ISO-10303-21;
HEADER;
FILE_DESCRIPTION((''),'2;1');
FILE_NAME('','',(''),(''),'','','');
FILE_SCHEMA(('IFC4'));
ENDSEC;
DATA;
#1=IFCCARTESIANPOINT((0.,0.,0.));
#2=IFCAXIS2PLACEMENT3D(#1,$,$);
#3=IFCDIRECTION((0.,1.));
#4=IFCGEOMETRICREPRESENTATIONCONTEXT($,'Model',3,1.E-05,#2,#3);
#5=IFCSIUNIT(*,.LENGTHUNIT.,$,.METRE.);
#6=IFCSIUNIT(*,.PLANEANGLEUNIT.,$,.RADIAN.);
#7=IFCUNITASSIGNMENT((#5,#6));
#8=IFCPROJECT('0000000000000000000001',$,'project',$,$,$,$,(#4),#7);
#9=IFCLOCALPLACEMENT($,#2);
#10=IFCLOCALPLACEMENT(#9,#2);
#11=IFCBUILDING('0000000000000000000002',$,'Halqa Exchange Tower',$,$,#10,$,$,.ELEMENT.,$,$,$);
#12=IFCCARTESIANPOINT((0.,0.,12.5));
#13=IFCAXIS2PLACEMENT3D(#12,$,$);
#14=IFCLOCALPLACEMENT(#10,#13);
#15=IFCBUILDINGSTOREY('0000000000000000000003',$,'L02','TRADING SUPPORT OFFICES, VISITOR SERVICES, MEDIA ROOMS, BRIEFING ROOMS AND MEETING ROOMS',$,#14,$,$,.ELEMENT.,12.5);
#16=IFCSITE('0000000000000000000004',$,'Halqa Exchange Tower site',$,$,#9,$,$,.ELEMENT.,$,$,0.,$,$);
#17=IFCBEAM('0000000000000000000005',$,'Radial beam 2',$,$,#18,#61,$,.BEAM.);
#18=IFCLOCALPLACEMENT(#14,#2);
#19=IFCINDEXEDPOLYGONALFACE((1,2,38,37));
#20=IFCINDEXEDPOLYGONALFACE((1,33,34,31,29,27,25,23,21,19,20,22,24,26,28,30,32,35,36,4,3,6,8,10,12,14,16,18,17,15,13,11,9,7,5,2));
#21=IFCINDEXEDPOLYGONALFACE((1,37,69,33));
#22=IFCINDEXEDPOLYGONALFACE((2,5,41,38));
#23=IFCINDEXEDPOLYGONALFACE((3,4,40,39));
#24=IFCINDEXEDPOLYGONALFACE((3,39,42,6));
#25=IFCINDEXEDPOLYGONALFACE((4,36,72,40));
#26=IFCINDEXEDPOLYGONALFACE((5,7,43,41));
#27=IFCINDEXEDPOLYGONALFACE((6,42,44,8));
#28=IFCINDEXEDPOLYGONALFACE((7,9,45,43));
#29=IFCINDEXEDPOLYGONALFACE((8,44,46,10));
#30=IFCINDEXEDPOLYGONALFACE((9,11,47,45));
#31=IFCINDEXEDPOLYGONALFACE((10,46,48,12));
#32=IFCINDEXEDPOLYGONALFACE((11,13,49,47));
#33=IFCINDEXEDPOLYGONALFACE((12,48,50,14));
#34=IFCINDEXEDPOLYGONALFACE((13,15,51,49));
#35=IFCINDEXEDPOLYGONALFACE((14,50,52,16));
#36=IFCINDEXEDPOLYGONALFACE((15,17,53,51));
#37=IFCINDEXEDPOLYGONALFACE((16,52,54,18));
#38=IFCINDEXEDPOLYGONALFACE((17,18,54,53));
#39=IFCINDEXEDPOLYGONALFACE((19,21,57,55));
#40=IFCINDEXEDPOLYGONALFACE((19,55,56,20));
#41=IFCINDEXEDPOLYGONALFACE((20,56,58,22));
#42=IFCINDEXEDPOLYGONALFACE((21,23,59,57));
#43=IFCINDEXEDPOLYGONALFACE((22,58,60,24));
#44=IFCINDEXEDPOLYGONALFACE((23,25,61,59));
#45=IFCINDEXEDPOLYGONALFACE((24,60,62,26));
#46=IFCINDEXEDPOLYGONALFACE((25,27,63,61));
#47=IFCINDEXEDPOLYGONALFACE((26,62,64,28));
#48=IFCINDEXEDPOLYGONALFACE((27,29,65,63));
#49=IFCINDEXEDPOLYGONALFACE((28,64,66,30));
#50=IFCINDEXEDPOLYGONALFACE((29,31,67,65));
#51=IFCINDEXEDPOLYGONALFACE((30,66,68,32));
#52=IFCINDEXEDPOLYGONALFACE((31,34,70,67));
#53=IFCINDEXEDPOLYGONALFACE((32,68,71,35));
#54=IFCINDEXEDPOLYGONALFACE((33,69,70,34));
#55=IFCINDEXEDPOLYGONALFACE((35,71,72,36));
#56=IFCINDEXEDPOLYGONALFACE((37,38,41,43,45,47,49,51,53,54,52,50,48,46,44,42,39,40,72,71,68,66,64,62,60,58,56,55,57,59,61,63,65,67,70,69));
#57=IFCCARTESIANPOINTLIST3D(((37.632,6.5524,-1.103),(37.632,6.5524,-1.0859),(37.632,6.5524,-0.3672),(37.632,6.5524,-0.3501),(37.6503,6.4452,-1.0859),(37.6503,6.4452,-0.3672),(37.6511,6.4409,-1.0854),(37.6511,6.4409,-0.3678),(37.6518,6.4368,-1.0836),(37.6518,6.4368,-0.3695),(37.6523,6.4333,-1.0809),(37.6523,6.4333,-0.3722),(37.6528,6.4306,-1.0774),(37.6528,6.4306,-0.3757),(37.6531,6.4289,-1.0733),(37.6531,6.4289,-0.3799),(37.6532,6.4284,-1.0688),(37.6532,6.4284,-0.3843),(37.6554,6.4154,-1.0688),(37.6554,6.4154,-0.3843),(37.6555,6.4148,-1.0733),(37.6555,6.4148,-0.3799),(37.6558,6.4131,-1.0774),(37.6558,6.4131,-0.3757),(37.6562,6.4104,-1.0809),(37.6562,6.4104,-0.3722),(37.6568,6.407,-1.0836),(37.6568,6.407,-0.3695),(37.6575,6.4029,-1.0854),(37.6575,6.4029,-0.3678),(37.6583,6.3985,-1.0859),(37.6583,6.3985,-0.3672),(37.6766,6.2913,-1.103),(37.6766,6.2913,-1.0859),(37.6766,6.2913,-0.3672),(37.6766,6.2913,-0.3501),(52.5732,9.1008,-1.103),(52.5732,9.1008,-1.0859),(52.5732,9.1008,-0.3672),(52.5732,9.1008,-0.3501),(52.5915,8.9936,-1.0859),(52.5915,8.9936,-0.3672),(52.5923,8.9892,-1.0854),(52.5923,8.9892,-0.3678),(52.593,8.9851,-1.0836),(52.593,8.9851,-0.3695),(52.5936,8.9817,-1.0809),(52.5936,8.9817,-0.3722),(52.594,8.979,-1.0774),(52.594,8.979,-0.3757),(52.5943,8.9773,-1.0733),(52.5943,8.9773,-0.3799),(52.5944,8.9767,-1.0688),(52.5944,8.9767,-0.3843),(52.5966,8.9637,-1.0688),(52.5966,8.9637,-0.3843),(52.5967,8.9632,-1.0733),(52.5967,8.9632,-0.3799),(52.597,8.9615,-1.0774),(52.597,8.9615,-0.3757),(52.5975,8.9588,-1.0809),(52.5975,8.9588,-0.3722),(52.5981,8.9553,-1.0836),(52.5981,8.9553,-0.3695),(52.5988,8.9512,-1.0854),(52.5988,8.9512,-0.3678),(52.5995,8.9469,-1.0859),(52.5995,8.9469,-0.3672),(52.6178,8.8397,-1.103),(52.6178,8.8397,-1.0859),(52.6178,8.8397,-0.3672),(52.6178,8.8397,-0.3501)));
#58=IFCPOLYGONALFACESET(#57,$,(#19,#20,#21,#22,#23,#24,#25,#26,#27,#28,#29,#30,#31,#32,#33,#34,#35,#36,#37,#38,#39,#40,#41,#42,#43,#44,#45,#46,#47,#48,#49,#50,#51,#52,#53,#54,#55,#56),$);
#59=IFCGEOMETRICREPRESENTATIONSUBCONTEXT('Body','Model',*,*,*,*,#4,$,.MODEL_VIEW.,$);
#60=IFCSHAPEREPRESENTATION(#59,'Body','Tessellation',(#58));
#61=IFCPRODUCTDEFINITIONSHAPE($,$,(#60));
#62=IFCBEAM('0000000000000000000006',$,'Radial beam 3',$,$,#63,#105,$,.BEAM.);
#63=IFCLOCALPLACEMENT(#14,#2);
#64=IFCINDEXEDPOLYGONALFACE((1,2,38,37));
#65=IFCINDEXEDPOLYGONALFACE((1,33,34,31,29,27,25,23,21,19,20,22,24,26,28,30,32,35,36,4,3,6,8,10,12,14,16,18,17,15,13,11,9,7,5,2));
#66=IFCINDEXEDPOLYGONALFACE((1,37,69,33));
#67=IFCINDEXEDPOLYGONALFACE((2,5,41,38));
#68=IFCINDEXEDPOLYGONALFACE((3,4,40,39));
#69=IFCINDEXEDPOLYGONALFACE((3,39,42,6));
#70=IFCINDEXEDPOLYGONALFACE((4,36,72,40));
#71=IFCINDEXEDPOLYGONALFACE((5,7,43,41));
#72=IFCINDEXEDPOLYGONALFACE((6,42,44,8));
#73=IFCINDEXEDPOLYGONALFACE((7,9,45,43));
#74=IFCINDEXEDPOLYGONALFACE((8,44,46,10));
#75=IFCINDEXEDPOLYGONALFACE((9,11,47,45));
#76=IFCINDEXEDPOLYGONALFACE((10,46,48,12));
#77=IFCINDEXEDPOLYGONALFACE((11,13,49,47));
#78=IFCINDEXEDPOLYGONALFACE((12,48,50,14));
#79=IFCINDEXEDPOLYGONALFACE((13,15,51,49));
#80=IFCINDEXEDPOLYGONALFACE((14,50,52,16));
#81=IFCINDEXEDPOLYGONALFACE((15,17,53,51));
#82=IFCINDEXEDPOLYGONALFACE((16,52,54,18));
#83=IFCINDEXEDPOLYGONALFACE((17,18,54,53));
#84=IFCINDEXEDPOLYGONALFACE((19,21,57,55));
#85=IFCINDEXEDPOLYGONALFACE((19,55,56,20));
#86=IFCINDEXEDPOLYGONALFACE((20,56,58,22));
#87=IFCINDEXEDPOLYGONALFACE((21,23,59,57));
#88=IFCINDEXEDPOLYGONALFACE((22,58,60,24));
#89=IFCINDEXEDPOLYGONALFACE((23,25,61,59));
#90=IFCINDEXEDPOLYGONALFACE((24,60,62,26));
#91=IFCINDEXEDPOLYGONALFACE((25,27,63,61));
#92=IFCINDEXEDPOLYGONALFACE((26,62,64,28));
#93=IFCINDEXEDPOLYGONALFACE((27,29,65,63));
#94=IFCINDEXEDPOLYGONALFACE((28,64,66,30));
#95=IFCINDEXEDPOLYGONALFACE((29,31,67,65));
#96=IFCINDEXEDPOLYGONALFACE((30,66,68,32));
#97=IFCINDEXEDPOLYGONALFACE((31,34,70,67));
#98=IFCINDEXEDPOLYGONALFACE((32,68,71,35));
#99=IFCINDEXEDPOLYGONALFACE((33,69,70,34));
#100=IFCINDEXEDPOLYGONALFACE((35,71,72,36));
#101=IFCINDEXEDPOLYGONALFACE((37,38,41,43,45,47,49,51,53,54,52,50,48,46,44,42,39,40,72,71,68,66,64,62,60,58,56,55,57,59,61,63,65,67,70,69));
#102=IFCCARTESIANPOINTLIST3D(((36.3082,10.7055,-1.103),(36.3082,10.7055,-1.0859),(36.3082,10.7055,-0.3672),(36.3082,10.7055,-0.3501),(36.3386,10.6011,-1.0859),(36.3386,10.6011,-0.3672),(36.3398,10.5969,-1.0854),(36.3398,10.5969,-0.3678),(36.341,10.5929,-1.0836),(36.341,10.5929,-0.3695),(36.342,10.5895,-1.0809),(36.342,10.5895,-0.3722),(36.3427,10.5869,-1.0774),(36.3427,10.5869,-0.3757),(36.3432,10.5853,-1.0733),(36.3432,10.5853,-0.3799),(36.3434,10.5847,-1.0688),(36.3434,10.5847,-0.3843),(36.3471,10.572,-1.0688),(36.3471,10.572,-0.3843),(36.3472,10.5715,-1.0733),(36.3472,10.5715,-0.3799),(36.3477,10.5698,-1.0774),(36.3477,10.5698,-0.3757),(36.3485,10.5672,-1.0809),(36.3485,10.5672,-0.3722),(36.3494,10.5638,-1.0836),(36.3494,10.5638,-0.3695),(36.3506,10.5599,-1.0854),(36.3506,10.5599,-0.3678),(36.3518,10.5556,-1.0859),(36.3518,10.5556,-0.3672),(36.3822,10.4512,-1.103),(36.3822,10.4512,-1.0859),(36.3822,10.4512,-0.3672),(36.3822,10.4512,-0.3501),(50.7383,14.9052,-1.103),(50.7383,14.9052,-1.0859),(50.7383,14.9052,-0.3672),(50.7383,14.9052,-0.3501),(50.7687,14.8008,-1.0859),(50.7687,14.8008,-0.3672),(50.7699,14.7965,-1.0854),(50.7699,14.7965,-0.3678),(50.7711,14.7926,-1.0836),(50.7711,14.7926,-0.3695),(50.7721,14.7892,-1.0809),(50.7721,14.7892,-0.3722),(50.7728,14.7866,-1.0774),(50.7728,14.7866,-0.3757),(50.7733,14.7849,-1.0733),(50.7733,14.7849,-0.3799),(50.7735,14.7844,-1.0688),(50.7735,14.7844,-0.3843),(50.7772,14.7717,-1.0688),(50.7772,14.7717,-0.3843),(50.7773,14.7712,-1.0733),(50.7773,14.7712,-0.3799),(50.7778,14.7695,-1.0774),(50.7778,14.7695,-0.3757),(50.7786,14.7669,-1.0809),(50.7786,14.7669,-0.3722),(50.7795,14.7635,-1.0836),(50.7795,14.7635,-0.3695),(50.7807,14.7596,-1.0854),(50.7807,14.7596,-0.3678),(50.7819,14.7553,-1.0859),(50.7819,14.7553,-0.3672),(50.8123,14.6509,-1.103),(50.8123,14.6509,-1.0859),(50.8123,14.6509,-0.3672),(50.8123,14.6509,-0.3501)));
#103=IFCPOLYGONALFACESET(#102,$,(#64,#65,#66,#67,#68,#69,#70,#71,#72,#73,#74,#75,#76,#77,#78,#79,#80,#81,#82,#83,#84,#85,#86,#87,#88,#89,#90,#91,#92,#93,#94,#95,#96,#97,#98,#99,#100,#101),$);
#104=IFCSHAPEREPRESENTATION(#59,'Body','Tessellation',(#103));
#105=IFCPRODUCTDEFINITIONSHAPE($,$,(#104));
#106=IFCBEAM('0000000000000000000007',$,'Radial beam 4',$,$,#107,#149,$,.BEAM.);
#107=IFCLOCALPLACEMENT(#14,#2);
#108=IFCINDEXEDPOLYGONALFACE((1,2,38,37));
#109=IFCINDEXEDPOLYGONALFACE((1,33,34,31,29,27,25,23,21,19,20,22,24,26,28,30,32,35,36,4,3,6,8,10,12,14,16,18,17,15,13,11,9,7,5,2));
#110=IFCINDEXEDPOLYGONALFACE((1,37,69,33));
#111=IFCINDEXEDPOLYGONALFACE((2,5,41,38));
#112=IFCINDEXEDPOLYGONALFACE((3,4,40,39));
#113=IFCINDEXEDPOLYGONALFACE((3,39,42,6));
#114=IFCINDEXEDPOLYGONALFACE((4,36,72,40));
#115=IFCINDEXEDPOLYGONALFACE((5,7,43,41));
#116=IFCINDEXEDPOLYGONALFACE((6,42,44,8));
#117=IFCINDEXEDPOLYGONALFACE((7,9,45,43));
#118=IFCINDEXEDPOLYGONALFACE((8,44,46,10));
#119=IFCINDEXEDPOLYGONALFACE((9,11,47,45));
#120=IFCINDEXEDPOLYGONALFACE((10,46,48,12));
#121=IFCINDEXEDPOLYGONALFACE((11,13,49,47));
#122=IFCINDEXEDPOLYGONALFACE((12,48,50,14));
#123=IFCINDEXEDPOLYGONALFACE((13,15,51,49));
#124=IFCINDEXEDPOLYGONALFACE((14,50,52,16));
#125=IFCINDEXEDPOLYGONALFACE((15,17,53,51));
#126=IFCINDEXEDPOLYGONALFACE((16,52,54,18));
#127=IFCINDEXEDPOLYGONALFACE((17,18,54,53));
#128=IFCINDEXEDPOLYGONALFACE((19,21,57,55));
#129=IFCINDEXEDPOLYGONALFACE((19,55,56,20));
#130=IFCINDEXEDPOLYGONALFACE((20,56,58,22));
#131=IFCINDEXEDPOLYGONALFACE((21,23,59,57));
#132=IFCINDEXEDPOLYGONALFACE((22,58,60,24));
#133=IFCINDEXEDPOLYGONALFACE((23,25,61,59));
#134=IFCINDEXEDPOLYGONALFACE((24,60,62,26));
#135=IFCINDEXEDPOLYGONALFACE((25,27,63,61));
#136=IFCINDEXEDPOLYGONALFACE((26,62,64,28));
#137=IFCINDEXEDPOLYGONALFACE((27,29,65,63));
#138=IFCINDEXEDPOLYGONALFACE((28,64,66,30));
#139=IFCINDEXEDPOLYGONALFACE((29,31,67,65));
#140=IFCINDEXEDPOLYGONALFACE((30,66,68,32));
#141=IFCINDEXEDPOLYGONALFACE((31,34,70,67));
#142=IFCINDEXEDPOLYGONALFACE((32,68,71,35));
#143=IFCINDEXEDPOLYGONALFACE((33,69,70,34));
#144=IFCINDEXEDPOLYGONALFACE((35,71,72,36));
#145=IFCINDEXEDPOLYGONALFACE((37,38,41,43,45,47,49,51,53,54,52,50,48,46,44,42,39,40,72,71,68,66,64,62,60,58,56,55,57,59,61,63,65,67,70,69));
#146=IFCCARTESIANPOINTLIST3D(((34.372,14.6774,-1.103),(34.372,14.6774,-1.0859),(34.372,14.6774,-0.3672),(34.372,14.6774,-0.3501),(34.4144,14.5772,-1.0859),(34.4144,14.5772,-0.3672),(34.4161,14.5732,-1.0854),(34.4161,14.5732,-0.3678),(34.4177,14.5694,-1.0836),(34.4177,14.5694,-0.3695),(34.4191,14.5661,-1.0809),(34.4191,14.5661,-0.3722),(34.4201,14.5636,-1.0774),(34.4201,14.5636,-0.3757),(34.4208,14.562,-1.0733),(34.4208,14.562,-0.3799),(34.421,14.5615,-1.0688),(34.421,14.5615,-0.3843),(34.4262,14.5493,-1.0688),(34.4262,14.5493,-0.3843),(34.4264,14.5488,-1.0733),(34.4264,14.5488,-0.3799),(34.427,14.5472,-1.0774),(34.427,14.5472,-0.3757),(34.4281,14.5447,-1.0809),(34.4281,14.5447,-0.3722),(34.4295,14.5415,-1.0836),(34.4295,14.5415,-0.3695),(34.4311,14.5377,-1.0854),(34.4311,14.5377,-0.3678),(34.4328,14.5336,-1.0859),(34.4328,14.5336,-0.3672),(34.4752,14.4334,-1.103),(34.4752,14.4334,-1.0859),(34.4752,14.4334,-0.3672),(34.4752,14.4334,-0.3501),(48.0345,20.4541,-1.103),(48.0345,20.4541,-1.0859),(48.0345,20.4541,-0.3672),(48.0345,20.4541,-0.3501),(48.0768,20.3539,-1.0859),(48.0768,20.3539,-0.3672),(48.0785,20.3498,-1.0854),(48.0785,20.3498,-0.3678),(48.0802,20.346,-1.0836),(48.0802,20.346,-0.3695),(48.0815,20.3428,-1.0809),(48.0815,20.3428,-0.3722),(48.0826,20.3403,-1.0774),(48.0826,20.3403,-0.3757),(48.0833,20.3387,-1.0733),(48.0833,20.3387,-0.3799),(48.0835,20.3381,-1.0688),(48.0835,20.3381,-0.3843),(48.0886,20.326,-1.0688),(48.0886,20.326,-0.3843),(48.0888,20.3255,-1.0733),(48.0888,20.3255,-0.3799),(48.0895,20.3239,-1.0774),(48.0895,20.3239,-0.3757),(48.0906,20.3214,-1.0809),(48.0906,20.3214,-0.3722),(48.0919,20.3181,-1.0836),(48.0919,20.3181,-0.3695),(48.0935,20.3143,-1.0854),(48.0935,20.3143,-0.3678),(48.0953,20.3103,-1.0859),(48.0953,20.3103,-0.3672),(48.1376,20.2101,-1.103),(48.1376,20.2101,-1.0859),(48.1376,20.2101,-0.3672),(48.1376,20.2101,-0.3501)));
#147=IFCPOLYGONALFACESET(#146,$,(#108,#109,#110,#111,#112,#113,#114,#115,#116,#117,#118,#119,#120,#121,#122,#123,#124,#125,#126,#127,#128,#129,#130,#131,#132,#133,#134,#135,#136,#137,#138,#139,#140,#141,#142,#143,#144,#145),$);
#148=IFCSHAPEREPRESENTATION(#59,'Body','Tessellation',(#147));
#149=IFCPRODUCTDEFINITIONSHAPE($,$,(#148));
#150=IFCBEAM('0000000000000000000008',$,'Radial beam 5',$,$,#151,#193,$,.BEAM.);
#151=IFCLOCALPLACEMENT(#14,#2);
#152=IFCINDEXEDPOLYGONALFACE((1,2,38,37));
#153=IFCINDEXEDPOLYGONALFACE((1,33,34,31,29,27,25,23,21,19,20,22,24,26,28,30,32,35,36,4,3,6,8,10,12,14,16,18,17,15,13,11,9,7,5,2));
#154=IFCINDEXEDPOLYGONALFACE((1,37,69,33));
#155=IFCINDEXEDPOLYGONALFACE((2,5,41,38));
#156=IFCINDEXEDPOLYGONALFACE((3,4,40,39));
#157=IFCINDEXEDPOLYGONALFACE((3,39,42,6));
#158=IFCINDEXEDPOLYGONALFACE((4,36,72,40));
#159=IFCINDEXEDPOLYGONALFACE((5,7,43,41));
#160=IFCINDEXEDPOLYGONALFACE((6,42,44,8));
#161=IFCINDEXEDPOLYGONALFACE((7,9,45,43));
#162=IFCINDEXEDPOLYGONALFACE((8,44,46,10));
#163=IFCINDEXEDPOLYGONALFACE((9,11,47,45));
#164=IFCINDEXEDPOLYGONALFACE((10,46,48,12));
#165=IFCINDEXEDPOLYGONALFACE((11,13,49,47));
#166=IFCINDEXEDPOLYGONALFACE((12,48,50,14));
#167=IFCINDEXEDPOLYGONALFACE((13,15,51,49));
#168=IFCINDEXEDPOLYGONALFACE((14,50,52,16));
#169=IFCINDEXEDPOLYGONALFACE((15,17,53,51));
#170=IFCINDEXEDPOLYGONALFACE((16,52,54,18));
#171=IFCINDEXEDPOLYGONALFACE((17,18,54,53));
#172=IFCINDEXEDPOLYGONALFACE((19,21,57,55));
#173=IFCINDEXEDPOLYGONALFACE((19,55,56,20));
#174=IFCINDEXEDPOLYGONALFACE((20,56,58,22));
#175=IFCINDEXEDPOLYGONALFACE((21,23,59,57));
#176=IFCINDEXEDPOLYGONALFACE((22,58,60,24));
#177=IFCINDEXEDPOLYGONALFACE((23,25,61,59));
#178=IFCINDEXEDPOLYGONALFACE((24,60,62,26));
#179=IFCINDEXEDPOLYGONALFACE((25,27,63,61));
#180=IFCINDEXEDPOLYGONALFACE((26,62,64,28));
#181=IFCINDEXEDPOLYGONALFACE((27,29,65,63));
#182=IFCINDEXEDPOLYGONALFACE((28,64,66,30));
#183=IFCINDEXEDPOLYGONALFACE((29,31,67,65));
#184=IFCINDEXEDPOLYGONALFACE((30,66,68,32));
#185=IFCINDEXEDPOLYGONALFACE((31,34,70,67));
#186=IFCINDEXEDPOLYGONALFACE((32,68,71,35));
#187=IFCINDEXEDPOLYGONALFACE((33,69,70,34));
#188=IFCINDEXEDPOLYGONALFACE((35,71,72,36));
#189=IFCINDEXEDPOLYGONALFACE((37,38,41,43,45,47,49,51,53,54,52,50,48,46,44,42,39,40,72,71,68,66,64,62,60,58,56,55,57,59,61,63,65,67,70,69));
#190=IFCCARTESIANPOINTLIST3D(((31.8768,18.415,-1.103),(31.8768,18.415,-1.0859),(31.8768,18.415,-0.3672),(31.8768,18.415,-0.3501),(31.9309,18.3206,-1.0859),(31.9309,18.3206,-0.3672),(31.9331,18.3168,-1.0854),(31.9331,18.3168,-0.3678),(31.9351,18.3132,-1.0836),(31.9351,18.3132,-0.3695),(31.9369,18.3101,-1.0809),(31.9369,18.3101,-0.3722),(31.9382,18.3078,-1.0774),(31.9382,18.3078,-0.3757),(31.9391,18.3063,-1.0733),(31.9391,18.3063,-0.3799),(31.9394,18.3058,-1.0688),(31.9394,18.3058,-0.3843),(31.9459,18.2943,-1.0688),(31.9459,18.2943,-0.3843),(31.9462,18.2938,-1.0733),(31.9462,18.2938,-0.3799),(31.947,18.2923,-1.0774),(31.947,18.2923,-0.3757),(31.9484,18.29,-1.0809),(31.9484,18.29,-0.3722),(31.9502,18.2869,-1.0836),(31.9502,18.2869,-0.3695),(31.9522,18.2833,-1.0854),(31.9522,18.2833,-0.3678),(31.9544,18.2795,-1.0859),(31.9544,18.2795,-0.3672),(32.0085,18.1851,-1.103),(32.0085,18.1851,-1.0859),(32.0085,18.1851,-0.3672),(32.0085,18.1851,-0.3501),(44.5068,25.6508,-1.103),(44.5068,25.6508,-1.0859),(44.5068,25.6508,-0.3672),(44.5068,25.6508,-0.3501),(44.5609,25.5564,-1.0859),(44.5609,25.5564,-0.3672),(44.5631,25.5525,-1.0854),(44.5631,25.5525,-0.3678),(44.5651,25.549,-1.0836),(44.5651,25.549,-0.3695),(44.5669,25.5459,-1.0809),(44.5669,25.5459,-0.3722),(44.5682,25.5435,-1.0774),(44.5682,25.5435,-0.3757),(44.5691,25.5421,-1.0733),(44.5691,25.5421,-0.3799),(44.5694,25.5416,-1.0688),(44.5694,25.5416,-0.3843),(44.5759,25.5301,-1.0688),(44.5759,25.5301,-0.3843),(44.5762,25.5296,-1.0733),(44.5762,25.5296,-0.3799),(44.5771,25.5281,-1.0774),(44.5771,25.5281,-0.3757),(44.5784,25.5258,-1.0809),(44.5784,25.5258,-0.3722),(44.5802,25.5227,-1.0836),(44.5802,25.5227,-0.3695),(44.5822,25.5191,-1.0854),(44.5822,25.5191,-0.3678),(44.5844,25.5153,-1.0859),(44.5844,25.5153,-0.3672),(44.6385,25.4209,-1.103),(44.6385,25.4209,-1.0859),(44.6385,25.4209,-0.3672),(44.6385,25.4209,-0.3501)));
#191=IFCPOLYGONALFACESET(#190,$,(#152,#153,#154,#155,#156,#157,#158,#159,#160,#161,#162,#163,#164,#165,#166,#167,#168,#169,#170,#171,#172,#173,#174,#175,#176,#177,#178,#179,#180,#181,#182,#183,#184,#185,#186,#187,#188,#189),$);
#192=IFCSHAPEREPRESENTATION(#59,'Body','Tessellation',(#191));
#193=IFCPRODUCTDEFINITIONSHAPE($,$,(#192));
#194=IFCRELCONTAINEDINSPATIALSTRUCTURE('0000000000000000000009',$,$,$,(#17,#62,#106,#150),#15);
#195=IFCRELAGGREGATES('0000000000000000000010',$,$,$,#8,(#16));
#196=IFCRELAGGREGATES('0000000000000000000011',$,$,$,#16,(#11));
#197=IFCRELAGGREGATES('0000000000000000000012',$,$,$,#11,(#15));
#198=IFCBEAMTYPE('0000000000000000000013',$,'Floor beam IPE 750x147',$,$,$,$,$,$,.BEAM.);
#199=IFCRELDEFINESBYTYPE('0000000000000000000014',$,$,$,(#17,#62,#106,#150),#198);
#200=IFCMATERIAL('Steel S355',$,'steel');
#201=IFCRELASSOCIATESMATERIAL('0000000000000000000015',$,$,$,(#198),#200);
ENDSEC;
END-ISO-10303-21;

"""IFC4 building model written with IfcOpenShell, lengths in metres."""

from ifc_helpers import new_model, si_unit, direction, frame, origin, origin_2d, place, context, subcontext, project, spatial, i_section, extrude, material, material_profile, profile_set, type_object, element, save


model = new_model("IFC4")

# Units and contexts
model_context = context("Model", 3, precision=1e-05, world=origin(), true_north=direction((0.0, 1.0)))
body_context = subcontext(model_context, "Body", "Model", "MODEL_VIEW")
ifc_project = project(units=[si_unit("LENGTHUNIT", "METRE"), si_unit("PLANEANGLEUNIT", "RADIAN")], contexts=[model_context])

# Site, building, storey
site_placement = place(None, origin())
site = spatial("IfcSite", under=ifc_project, at=site_placement, Name="Halqa Exchange Tower site", CompositionType="ELEMENT", RefElevation=0.0)
building_placement = place(site_placement, origin())
building = spatial("IfcBuilding", under=site, at=building_placement, Name="Halqa Exchange Tower", CompositionType="ELEMENT")
storey_placement = place(building_placement, frame((0.0, 0.0, 12.5)))
storey = spatial("IfcBuildingStorey", under=building, at=storey_placement, Name="L02", Description="TRADING SUPPORT OFFICES, VISITOR SERVICES, MEDIA ROOMS, BRIEFING ROOMS AND MEETING ROOMS", CompositionType="ELEMENT", Elevation=12.5)

# Beams
ifc_material_1 = material(Name="Steel S355", Category="steel")
ifc_material_profile_1 = material_profile(ifc_material_1, i_section(OverallWidth=0.2649, OverallDepth=0.7529, WebThickness=0.0132, FlangeThickness=0.0171, FilletRadius=0.0171, at=origin_2d()), Name="IPE 750x147")
ifc_profile_set_1 = profile_set([ifc_material_profile_1], Name="Steel S355")
beam_type_1 = type_object("IfcBeamType", Name="Floor beam IPE 750x147", PredefinedType="BEAM", material=ifc_profile_set_1)
beam_1_placement = place(storey_placement, frame((37.6543, 6.4219, -0.7266), z_axis=(0.985765, 0.16813, 0.0), x_axis=(-0.16813, 0.985765, 0.0)))
element("IfcBeam", 1, at=beam_1_placement, inside=storey, type_object=beam_type_1, Name="Radial beam 2", PredefinedType="BEAM", context=body_context, shape_type="SweptSolid", body=[
    extrude(i_section(OverallWidth=0.2649, OverallDepth=0.7529, WebThickness=0.0132, FlangeThickness=0.0171, FilletRadius=0.0171, at=origin_2d()), origin(), (0.0, 0.0, 1.0), 15.157),
])
beam_2_placement = place(storey_placement, frame((36.3452, 10.5784, -0.7266), z_axis=(0.960162, 0.279442, 0.0), x_axis=(-0.279442, 0.960162, 0.0)))
element("IfcBeam", 2, at=beam_2_placement, inside=storey, type_object=beam_type_1, Name="Radial beam 3", PredefinedType="BEAM", context=body_context, shape_type="SweptSolid", body=[
    extrude(i_section(OverallWidth=0.2649, OverallDepth=0.7529, WebThickness=0.0132, FlangeThickness=0.0171, FilletRadius=0.0171, at=origin_2d()), origin(), (0.0, 0.0, 1.0), 15.0288),
])
beam_3_placement = place(storey_placement, frame((34.4236, 14.5554, -0.7266), z_axis=(0.921055, 0.389433, 0.0), x_axis=(-0.389433, 0.921055, 0.0)))
element("IfcBeam", 3, at=beam_3_placement, inside=storey, type_object=beam_type_1, Name="Radial beam 4", PredefinedType="BEAM", context=body_context, shape_type="SweptSolid", body=[
    extrude(i_section(OverallWidth=0.2649, OverallDepth=0.7529, WebThickness=0.0132, FlangeThickness=0.0171, FilletRadius=0.0171, at=origin_2d()), origin(), (0.0, 0.0, 1.0), 14.8335),
])
beam_4_placement = place(storey_placement, frame((31.9426, 18.3, -0.7266), z_axis=(0.867691, 0.497103, 0.0), x_axis=(-0.497103, 0.867691, 0.0)))
element("IfcBeam", 4, at=beam_4_placement, inside=storey, type_object=beam_type_1, Name="Radial beam 5", PredefinedType="BEAM", context=body_context, shape_type="SweptSolid", body=[
    extrude(i_section(OverallWidth=0.2649, OverallDepth=0.7529, WebThickness=0.0132, FlangeThickness=0.0171, FilletRadius=0.0171, at=origin_2d()), origin(), (0.0, 0.0, 1.0), 14.5559),
])

save(model, "model.ifc")
